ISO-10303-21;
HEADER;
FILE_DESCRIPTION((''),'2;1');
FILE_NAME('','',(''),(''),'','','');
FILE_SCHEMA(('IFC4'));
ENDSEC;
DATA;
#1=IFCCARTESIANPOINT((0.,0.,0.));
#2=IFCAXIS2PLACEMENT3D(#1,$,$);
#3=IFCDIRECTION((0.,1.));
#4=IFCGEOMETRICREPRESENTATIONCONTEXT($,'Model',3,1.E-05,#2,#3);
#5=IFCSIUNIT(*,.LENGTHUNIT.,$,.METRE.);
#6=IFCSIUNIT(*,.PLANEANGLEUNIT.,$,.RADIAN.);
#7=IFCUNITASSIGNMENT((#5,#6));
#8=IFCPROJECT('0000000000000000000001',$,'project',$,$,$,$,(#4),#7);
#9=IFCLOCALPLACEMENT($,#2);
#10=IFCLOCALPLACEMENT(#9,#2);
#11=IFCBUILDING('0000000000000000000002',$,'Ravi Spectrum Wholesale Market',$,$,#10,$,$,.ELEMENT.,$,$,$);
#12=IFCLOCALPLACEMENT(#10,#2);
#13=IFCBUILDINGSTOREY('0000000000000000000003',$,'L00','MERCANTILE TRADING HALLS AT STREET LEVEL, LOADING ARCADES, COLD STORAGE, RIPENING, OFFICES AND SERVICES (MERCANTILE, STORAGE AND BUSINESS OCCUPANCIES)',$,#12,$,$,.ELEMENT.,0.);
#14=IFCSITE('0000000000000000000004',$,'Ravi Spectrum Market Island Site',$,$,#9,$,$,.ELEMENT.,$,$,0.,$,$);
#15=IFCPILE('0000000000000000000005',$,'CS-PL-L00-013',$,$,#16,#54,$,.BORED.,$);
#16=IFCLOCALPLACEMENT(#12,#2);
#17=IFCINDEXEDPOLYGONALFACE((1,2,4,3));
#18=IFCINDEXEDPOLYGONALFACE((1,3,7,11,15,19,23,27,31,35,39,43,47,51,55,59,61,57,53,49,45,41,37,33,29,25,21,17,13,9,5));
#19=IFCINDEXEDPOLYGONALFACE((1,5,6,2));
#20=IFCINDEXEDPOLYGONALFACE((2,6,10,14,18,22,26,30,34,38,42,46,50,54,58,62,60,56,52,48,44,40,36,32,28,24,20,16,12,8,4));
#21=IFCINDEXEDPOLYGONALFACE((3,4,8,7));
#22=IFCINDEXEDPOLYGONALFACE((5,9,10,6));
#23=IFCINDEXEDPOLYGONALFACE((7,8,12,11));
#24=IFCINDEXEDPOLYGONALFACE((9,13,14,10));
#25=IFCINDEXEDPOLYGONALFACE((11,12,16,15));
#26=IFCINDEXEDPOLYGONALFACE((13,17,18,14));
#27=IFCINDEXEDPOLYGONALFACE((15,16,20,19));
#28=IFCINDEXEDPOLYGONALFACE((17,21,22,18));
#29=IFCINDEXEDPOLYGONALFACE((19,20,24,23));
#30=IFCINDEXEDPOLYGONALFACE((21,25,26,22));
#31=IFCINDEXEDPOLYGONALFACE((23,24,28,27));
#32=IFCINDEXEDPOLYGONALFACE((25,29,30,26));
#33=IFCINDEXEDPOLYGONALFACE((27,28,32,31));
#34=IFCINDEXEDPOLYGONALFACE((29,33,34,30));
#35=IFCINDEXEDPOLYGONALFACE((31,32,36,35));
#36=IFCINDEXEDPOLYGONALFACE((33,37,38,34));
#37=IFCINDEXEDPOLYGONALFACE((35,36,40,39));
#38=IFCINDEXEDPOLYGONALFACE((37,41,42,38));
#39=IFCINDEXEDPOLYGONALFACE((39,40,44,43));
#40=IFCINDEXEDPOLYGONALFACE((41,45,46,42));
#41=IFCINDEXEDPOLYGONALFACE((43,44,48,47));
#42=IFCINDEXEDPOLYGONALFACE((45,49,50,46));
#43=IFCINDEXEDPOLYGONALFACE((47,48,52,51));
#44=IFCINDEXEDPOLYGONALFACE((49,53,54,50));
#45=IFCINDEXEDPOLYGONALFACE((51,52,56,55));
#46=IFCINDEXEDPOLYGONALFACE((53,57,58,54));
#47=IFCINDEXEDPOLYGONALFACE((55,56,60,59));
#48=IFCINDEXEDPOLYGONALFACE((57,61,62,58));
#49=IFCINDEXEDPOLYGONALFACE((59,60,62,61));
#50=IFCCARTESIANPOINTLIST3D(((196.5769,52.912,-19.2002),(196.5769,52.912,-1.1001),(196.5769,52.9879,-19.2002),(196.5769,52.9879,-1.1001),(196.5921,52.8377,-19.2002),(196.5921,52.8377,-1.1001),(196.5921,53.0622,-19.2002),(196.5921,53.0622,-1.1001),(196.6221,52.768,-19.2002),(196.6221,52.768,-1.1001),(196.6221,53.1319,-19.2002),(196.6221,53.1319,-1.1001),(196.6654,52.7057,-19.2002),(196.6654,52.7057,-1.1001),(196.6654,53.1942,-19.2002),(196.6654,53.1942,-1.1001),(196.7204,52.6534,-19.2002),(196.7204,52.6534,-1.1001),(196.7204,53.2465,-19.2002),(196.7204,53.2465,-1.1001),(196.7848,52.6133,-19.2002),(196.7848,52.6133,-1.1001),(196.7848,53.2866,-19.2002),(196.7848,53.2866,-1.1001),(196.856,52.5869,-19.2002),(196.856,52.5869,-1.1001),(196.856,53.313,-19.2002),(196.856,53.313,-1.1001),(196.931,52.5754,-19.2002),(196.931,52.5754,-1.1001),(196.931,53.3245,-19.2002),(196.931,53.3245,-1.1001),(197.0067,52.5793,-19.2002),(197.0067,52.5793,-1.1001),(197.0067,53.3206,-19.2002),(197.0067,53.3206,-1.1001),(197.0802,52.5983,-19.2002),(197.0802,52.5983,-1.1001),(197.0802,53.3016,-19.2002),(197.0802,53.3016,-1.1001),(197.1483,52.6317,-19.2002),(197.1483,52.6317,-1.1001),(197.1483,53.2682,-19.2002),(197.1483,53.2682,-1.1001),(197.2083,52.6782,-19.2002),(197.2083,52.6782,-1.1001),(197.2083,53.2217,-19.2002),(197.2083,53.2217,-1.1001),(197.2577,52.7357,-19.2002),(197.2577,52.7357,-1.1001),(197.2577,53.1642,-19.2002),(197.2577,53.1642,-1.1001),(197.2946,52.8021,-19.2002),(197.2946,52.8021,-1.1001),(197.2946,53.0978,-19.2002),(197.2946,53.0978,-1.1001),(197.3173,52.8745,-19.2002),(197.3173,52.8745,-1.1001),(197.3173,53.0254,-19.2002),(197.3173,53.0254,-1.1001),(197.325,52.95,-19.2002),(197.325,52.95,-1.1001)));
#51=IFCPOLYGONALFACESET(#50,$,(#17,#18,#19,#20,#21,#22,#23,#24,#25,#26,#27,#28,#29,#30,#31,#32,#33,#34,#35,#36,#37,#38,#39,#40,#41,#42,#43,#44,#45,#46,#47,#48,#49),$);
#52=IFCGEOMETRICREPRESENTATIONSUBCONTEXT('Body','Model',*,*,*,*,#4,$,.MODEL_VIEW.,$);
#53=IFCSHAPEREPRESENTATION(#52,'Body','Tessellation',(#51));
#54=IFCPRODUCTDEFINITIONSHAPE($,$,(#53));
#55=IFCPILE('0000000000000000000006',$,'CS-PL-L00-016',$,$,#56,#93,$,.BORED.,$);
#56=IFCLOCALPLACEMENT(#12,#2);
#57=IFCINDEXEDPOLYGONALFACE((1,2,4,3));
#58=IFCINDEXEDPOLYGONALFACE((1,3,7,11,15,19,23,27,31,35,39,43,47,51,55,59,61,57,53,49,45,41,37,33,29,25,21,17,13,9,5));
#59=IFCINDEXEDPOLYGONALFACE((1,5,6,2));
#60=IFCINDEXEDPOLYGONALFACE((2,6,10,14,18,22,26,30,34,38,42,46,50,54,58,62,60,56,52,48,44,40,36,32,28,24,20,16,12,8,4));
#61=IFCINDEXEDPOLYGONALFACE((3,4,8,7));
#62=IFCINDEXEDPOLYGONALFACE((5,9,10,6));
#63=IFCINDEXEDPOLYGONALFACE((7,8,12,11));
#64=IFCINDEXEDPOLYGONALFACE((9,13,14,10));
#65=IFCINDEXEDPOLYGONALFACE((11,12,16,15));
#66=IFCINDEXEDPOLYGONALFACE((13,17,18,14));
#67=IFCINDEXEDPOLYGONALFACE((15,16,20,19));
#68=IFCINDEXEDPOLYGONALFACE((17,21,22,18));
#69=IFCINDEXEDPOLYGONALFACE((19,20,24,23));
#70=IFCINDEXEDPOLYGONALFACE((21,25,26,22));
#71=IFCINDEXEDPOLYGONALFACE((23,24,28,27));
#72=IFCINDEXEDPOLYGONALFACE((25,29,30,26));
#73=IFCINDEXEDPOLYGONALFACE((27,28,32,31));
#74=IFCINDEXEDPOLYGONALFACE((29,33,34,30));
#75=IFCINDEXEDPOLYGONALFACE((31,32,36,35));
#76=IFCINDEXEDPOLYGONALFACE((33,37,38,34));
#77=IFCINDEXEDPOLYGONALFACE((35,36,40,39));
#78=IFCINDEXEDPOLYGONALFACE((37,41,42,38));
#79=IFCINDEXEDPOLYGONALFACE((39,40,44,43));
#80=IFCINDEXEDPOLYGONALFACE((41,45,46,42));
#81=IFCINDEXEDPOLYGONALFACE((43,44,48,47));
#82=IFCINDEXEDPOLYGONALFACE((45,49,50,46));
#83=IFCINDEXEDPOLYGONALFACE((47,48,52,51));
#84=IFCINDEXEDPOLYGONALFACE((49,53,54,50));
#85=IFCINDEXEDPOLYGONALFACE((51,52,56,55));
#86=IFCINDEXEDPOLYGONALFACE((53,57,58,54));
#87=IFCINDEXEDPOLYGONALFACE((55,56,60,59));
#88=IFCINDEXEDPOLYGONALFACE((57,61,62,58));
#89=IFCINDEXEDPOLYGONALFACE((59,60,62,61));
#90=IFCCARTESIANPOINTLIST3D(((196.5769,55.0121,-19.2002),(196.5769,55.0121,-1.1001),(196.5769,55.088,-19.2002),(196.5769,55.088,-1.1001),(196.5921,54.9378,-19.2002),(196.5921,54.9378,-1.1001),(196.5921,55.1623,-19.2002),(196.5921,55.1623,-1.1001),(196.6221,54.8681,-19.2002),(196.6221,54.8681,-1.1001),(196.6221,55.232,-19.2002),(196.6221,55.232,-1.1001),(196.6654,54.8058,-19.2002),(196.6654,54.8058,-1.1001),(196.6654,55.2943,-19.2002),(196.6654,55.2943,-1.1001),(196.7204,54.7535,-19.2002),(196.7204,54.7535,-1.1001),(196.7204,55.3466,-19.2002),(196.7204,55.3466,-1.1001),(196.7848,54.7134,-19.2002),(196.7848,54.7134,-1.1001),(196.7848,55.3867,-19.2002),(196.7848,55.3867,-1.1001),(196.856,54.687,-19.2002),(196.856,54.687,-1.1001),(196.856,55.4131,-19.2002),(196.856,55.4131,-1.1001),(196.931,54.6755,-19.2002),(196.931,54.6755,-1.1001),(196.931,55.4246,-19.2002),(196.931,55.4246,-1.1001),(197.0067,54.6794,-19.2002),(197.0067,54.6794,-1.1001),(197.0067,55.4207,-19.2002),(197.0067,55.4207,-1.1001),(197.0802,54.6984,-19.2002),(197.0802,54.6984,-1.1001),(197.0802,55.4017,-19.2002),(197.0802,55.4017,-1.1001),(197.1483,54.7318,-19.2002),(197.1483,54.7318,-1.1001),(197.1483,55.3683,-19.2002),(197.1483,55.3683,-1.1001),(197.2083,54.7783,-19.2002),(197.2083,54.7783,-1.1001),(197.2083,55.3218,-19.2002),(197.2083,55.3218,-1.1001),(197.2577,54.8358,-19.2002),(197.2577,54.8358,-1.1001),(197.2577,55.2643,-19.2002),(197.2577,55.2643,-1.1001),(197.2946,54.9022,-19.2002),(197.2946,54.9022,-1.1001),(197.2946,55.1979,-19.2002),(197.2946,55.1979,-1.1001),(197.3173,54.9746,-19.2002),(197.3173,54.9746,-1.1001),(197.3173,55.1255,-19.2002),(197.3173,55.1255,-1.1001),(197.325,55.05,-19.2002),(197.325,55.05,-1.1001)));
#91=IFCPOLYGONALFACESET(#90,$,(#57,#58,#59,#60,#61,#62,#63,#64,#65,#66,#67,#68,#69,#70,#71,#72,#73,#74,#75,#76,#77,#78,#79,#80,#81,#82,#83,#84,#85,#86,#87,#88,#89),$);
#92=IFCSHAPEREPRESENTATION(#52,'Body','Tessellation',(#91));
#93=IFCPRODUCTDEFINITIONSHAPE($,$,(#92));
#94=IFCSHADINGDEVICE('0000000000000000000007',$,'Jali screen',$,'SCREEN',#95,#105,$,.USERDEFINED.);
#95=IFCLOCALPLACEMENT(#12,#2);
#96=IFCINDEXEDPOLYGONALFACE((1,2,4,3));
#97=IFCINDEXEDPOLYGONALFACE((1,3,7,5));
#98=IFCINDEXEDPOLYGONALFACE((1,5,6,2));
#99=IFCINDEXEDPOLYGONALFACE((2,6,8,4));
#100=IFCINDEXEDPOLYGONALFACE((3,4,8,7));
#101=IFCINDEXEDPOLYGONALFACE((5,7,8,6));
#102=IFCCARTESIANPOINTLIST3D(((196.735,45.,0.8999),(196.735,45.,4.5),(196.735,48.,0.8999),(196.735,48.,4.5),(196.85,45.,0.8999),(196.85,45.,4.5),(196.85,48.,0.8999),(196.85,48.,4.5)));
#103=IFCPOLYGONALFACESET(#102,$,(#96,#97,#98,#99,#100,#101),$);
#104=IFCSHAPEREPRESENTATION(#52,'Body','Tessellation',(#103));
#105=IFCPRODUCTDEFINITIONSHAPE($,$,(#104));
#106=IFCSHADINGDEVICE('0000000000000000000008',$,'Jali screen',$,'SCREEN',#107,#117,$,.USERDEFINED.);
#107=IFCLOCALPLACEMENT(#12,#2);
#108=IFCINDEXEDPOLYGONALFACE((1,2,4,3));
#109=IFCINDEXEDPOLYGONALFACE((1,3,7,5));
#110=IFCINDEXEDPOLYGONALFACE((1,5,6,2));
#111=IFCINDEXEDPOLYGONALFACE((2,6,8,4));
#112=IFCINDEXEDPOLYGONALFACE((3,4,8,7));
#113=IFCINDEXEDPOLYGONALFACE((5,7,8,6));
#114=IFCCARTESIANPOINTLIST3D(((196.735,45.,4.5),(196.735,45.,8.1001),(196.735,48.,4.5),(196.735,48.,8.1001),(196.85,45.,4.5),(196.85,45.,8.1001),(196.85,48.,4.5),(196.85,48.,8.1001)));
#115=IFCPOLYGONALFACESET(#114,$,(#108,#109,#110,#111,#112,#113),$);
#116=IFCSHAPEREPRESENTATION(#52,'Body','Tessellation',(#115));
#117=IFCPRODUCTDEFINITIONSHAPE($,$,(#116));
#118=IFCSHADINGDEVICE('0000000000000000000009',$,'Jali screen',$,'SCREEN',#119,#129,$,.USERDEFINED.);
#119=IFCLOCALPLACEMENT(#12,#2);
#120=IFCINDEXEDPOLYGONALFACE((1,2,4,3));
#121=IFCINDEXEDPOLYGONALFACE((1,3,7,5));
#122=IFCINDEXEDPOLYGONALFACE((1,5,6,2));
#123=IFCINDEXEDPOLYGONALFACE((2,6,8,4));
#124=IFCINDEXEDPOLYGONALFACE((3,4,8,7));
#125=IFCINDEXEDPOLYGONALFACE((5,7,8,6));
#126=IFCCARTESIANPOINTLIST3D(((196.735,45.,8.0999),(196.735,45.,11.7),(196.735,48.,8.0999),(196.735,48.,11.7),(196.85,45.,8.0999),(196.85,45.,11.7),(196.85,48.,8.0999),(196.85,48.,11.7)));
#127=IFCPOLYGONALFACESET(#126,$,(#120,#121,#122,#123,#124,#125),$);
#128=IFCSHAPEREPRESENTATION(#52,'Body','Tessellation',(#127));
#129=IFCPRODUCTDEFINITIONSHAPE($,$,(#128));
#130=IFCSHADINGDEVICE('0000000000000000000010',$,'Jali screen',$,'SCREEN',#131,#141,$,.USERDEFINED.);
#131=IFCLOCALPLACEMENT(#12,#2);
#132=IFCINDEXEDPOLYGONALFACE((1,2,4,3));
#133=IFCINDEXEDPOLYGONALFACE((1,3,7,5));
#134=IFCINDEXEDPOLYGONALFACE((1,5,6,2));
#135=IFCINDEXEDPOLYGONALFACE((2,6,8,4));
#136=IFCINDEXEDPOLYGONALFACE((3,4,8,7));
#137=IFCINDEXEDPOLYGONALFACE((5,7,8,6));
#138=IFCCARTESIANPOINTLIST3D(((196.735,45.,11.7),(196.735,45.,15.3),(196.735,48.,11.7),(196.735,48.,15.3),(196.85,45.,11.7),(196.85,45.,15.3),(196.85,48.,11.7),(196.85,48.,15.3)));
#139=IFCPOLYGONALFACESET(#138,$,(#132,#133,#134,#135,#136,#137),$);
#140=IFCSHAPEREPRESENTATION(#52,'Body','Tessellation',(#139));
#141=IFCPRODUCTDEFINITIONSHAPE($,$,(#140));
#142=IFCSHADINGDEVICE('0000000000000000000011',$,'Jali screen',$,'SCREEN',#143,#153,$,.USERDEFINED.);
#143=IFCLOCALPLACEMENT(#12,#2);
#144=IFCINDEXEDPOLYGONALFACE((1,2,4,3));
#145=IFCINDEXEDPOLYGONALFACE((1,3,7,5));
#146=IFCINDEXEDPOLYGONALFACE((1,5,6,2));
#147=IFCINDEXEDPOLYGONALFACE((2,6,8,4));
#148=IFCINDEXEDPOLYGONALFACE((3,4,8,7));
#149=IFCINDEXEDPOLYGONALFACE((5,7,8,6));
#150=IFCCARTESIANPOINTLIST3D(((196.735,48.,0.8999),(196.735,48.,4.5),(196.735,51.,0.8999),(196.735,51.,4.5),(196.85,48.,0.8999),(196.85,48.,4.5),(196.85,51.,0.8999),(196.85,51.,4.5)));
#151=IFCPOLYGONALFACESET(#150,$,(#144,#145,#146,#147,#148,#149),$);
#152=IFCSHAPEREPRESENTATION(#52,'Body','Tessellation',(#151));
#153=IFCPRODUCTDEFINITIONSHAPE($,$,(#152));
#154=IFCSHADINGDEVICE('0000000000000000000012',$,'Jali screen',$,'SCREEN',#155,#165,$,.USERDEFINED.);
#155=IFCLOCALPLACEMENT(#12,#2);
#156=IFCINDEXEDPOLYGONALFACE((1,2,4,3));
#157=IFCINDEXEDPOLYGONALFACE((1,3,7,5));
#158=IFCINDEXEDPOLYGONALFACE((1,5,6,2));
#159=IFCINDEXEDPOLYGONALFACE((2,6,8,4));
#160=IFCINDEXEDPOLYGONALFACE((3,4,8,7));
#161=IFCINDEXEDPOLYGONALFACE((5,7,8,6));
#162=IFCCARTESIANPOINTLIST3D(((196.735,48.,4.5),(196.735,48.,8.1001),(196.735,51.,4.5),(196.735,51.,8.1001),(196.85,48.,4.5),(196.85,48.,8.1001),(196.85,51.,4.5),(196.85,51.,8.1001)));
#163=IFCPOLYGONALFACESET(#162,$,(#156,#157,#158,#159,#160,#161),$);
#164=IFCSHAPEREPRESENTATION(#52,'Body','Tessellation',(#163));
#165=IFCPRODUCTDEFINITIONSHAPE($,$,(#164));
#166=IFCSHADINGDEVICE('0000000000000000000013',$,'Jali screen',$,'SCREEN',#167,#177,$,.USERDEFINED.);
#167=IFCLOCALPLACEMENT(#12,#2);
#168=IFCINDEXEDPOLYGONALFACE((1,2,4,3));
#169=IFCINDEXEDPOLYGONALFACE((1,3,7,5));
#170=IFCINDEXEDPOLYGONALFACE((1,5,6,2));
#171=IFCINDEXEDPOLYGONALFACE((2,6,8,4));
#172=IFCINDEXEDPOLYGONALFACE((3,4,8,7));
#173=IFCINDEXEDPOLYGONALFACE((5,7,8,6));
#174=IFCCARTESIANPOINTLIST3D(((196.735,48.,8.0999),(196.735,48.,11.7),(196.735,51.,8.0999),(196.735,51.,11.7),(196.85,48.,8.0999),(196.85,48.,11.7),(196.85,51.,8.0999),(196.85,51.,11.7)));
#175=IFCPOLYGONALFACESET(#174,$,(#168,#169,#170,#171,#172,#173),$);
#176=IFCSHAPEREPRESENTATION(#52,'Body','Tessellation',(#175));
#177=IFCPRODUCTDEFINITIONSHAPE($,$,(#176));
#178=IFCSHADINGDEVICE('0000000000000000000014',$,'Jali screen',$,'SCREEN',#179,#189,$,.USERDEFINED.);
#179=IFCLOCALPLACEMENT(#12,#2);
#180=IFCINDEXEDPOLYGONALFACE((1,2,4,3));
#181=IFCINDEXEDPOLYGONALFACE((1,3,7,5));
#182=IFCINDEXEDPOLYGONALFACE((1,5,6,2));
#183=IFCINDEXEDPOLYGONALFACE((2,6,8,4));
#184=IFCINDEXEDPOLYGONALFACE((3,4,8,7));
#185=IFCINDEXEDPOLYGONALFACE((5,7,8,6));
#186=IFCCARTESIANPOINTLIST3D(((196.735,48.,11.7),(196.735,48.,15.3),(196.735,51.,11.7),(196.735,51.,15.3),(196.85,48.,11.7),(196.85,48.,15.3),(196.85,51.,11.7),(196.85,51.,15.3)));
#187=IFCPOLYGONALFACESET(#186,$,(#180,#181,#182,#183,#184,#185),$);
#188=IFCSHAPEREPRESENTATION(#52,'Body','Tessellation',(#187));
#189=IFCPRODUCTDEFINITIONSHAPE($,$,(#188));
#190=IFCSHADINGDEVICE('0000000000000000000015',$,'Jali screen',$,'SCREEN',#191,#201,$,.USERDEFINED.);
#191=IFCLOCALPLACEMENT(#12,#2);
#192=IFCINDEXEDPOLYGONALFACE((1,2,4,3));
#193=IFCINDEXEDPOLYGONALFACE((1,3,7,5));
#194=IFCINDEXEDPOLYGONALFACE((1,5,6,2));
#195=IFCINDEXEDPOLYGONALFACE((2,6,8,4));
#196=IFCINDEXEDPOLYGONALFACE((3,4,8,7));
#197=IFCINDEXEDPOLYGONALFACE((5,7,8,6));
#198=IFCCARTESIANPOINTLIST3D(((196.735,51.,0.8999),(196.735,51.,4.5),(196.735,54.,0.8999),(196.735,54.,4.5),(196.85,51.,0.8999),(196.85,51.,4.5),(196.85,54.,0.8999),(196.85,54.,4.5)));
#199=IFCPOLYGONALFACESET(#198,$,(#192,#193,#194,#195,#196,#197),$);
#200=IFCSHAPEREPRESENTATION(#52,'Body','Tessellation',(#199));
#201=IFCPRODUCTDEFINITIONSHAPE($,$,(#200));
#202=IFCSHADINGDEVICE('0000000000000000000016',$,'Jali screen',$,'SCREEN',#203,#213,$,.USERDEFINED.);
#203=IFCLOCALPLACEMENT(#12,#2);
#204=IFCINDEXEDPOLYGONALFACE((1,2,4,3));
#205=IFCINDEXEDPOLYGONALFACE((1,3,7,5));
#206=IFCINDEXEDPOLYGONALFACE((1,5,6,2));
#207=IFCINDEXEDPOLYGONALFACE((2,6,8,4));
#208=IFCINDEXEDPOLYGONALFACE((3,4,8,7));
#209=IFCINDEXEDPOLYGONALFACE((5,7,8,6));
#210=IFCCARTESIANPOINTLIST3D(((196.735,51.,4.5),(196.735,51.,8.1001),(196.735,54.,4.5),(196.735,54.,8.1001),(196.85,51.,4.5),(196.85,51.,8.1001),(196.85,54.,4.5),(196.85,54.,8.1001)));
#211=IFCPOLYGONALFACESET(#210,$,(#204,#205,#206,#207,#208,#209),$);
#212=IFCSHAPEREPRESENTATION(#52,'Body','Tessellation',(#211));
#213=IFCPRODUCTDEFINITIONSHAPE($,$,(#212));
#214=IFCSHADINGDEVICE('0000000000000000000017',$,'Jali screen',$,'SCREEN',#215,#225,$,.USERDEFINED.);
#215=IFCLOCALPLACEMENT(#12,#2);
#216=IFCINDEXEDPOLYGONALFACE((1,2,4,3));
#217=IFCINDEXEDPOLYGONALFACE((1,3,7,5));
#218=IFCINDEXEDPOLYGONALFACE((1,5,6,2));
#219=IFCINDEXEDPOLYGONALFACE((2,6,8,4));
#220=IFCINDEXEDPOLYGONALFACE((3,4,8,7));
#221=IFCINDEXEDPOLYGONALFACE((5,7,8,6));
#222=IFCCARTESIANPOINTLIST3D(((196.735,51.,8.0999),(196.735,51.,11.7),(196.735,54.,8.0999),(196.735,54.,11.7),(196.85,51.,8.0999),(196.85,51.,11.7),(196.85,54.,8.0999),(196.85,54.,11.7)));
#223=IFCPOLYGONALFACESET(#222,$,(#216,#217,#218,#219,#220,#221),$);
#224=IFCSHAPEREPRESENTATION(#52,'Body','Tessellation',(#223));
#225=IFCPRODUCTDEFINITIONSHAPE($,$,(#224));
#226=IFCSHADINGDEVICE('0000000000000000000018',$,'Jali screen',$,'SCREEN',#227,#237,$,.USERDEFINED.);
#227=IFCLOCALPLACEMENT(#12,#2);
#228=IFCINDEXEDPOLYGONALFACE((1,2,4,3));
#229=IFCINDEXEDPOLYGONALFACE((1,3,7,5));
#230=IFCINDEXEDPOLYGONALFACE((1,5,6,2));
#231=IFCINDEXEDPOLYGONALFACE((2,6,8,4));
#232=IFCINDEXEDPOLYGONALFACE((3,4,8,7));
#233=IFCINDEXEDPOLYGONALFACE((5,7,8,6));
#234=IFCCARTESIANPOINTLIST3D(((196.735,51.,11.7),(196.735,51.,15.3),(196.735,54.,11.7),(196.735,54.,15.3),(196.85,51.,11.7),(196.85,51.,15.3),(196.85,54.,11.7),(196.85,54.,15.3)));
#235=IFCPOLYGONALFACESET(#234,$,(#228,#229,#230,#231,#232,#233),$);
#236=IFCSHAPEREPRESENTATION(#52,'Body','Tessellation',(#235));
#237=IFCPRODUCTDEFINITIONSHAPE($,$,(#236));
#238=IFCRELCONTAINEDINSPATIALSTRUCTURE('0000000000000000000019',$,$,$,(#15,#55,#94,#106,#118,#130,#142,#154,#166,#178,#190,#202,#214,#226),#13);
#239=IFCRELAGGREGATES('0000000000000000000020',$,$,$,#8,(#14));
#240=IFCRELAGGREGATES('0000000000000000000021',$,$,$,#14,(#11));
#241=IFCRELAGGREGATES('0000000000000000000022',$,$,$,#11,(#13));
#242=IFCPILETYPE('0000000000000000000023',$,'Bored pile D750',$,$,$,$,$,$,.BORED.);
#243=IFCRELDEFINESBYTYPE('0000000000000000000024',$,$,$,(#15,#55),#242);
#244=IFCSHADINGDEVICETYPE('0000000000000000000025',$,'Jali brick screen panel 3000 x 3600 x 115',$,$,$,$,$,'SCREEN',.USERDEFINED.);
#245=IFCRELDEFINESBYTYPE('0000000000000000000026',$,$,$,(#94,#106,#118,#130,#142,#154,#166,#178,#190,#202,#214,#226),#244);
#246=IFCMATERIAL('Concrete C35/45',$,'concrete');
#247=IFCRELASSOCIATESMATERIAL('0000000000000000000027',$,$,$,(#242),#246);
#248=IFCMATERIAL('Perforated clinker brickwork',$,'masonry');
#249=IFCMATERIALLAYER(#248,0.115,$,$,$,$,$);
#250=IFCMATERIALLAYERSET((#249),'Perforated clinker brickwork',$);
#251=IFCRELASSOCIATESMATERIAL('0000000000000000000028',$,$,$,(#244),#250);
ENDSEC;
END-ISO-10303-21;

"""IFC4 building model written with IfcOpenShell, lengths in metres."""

from ifc_helpers import new_model, si_unit, direction, frame, origin, origin_2d, place, context, subcontext, project, spatial, rectangle, circle, extrude, material, layer, layer_set, material_profile, profile_set, type_object, element, save


model = new_model("IFC4")

# Units and contexts
model_context = context("Model", 3, precision=1e-05, world=origin(), true_north=direction((0.0, 1.0)))
body_context = subcontext(model_context, "Body", "Model", "MODEL_VIEW")
ifc_project = project(units=[si_unit("LENGTHUNIT", "METRE"), si_unit("PLANEANGLEUNIT", "RADIAN")], contexts=[model_context])

# Site, building, storey
site_placement = place(None, origin())
site = spatial("IfcSite", under=ifc_project, at=site_placement, Name="Ravi Spectrum Market Island Site", CompositionType="ELEMENT", RefElevation=0.0)
building_placement = place(site_placement, origin())
building = spatial("IfcBuilding", under=site, at=building_placement, Name="Ravi Spectrum Wholesale Market", CompositionType="ELEMENT")
storey_placement = place(building_placement, origin())
storey = spatial("IfcBuildingStorey", under=building, at=storey_placement, Name="L00", Description="MERCANTILE TRADING HALLS AT STREET LEVEL, LOADING ARCADES, COLD STORAGE, RIPENING, OFFICES AND SERVICES (MERCANTILE, STORAGE AND BUSINESS OCCUPANCIES)", CompositionType="ELEMENT", Elevation=0.0)

# Piles
ifc_material_1 = material(Name="Concrete C35/45", Category="concrete")
ifc_material_profile = material_profile(ifc_material_1, circle(Radius=0.375, at=origin_2d()))
ifc_profile_set = profile_set([ifc_material_profile], Name="Concrete C35/45")
pile_type = type_object("IfcPileType", Name="Bored pile D750", PredefinedType="BORED", material=ifc_profile_set)
for number, where, z_axis, x_axis, name in (
    (1, (196.95, 52.95, -1.1001), (0.0, 0.0, -1.0), (1.0, 0.0, 0.0), "CS-PL-L00-013"),
    (2, (196.95, 55.05, -1.1001), (0.0, 0.0, -1.0), (1.0, 0.0, 0.0), "CS-PL-L00-016"),
):
    element("IfcPile", number, at=place(storey_placement, frame(where, z_axis=z_axis, x_axis=x_axis)), inside=storey, type_object=pile_type, Name=name, PredefinedType="BORED", context=body_context, shape_type="SweptSolid", body=[
        extrude(circle(Radius=0.375, at=origin_2d()), origin(), (0.0, 0.0, 1.0), 18.1001),
    ])

# Shading devices
ifc_material_2 = material(Name="Perforated clinker brickwork", Category="masonry")
ifc_layer = layer(ifc_material_2, 0.115)
ifc_layer_set = layer_set([ifc_layer], Name="Perforated clinker brickwork")
shading_device_type = type_object("IfcShadingDeviceType", Name="Jali brick screen panel 3000 x 3600 x 115", ElementType="SCREEN", PredefinedType="USERDEFINED", material=ifc_layer_set)
for number, where, z_axis, x_axis, name in (
    (3, (196.7925, 46.5, 0.8999), (0.0, 0.0, 1.0), (1.0, 0.0, 0.0), "Jali screen"),
    (4, (196.7925, 46.5, 4.5), (0.0, 0.0, 1.0), (1.0, 0.0, 0.0), "Jali screen"),
    (5, (196.7925, 46.5, 8.0999), (0.0, 0.0, 1.0), (1.0, 0.0, 0.0), "Jali screen"),
    (6, (196.7925, 46.5, 11.7), (0.0, 0.0, 1.0), (1.0, 0.0, 0.0), "Jali screen"),
    (7, (196.7925, 49.5, 0.8999), (0.0, 0.0, 1.0), (1.0, 0.0, 0.0), "Jali screen"),
    (8, (196.7925, 49.5, 4.5), (0.0, 0.0, 1.0), (1.0, 0.0, 0.0), "Jali screen"),
    (9, (196.7925, 49.5, 8.0999), (0.0, 0.0, 1.0), (1.0, 0.0, 0.0), "Jali screen"),
    (10, (196.7925, 49.5, 11.7), (0.0, 0.0, 1.0), (1.0, 0.0, 0.0), "Jali screen"),
    (11, (196.7925, 52.5, 0.8999), (0.0, 0.0, 1.0), (1.0, 0.0, 0.0), "Jali screen"),
    (12, (196.7925, 52.5, 4.5), (0.0, 0.0, 1.0), (1.0, 0.0, 0.0), "Jali screen"),
    (13, (196.7925, 52.5, 8.0999), (0.0, 0.0, 1.0), (1.0, 0.0, 0.0), "Jali screen"),
    (14, (196.7925, 52.5, 11.7), (0.0, 0.0, 1.0), (1.0, 0.0, 0.0), "Jali screen"),
):
    element("IfcShadingDevice", number, at=place(storey_placement, frame(where, z_axis=z_axis, x_axis=x_axis)), inside=storey, type_object=shading_device_type, Name=name, ObjectType="SCREEN", PredefinedType="USERDEFINED", context=body_context, shape_type="SweptSolid", body=[
        extrude(rectangle(XDim=0.115, YDim=3.0, at=origin_2d()), origin(), (0.0, 0.0, 1.0), 3.6001),
    ])

save(model, "model.ifc")
